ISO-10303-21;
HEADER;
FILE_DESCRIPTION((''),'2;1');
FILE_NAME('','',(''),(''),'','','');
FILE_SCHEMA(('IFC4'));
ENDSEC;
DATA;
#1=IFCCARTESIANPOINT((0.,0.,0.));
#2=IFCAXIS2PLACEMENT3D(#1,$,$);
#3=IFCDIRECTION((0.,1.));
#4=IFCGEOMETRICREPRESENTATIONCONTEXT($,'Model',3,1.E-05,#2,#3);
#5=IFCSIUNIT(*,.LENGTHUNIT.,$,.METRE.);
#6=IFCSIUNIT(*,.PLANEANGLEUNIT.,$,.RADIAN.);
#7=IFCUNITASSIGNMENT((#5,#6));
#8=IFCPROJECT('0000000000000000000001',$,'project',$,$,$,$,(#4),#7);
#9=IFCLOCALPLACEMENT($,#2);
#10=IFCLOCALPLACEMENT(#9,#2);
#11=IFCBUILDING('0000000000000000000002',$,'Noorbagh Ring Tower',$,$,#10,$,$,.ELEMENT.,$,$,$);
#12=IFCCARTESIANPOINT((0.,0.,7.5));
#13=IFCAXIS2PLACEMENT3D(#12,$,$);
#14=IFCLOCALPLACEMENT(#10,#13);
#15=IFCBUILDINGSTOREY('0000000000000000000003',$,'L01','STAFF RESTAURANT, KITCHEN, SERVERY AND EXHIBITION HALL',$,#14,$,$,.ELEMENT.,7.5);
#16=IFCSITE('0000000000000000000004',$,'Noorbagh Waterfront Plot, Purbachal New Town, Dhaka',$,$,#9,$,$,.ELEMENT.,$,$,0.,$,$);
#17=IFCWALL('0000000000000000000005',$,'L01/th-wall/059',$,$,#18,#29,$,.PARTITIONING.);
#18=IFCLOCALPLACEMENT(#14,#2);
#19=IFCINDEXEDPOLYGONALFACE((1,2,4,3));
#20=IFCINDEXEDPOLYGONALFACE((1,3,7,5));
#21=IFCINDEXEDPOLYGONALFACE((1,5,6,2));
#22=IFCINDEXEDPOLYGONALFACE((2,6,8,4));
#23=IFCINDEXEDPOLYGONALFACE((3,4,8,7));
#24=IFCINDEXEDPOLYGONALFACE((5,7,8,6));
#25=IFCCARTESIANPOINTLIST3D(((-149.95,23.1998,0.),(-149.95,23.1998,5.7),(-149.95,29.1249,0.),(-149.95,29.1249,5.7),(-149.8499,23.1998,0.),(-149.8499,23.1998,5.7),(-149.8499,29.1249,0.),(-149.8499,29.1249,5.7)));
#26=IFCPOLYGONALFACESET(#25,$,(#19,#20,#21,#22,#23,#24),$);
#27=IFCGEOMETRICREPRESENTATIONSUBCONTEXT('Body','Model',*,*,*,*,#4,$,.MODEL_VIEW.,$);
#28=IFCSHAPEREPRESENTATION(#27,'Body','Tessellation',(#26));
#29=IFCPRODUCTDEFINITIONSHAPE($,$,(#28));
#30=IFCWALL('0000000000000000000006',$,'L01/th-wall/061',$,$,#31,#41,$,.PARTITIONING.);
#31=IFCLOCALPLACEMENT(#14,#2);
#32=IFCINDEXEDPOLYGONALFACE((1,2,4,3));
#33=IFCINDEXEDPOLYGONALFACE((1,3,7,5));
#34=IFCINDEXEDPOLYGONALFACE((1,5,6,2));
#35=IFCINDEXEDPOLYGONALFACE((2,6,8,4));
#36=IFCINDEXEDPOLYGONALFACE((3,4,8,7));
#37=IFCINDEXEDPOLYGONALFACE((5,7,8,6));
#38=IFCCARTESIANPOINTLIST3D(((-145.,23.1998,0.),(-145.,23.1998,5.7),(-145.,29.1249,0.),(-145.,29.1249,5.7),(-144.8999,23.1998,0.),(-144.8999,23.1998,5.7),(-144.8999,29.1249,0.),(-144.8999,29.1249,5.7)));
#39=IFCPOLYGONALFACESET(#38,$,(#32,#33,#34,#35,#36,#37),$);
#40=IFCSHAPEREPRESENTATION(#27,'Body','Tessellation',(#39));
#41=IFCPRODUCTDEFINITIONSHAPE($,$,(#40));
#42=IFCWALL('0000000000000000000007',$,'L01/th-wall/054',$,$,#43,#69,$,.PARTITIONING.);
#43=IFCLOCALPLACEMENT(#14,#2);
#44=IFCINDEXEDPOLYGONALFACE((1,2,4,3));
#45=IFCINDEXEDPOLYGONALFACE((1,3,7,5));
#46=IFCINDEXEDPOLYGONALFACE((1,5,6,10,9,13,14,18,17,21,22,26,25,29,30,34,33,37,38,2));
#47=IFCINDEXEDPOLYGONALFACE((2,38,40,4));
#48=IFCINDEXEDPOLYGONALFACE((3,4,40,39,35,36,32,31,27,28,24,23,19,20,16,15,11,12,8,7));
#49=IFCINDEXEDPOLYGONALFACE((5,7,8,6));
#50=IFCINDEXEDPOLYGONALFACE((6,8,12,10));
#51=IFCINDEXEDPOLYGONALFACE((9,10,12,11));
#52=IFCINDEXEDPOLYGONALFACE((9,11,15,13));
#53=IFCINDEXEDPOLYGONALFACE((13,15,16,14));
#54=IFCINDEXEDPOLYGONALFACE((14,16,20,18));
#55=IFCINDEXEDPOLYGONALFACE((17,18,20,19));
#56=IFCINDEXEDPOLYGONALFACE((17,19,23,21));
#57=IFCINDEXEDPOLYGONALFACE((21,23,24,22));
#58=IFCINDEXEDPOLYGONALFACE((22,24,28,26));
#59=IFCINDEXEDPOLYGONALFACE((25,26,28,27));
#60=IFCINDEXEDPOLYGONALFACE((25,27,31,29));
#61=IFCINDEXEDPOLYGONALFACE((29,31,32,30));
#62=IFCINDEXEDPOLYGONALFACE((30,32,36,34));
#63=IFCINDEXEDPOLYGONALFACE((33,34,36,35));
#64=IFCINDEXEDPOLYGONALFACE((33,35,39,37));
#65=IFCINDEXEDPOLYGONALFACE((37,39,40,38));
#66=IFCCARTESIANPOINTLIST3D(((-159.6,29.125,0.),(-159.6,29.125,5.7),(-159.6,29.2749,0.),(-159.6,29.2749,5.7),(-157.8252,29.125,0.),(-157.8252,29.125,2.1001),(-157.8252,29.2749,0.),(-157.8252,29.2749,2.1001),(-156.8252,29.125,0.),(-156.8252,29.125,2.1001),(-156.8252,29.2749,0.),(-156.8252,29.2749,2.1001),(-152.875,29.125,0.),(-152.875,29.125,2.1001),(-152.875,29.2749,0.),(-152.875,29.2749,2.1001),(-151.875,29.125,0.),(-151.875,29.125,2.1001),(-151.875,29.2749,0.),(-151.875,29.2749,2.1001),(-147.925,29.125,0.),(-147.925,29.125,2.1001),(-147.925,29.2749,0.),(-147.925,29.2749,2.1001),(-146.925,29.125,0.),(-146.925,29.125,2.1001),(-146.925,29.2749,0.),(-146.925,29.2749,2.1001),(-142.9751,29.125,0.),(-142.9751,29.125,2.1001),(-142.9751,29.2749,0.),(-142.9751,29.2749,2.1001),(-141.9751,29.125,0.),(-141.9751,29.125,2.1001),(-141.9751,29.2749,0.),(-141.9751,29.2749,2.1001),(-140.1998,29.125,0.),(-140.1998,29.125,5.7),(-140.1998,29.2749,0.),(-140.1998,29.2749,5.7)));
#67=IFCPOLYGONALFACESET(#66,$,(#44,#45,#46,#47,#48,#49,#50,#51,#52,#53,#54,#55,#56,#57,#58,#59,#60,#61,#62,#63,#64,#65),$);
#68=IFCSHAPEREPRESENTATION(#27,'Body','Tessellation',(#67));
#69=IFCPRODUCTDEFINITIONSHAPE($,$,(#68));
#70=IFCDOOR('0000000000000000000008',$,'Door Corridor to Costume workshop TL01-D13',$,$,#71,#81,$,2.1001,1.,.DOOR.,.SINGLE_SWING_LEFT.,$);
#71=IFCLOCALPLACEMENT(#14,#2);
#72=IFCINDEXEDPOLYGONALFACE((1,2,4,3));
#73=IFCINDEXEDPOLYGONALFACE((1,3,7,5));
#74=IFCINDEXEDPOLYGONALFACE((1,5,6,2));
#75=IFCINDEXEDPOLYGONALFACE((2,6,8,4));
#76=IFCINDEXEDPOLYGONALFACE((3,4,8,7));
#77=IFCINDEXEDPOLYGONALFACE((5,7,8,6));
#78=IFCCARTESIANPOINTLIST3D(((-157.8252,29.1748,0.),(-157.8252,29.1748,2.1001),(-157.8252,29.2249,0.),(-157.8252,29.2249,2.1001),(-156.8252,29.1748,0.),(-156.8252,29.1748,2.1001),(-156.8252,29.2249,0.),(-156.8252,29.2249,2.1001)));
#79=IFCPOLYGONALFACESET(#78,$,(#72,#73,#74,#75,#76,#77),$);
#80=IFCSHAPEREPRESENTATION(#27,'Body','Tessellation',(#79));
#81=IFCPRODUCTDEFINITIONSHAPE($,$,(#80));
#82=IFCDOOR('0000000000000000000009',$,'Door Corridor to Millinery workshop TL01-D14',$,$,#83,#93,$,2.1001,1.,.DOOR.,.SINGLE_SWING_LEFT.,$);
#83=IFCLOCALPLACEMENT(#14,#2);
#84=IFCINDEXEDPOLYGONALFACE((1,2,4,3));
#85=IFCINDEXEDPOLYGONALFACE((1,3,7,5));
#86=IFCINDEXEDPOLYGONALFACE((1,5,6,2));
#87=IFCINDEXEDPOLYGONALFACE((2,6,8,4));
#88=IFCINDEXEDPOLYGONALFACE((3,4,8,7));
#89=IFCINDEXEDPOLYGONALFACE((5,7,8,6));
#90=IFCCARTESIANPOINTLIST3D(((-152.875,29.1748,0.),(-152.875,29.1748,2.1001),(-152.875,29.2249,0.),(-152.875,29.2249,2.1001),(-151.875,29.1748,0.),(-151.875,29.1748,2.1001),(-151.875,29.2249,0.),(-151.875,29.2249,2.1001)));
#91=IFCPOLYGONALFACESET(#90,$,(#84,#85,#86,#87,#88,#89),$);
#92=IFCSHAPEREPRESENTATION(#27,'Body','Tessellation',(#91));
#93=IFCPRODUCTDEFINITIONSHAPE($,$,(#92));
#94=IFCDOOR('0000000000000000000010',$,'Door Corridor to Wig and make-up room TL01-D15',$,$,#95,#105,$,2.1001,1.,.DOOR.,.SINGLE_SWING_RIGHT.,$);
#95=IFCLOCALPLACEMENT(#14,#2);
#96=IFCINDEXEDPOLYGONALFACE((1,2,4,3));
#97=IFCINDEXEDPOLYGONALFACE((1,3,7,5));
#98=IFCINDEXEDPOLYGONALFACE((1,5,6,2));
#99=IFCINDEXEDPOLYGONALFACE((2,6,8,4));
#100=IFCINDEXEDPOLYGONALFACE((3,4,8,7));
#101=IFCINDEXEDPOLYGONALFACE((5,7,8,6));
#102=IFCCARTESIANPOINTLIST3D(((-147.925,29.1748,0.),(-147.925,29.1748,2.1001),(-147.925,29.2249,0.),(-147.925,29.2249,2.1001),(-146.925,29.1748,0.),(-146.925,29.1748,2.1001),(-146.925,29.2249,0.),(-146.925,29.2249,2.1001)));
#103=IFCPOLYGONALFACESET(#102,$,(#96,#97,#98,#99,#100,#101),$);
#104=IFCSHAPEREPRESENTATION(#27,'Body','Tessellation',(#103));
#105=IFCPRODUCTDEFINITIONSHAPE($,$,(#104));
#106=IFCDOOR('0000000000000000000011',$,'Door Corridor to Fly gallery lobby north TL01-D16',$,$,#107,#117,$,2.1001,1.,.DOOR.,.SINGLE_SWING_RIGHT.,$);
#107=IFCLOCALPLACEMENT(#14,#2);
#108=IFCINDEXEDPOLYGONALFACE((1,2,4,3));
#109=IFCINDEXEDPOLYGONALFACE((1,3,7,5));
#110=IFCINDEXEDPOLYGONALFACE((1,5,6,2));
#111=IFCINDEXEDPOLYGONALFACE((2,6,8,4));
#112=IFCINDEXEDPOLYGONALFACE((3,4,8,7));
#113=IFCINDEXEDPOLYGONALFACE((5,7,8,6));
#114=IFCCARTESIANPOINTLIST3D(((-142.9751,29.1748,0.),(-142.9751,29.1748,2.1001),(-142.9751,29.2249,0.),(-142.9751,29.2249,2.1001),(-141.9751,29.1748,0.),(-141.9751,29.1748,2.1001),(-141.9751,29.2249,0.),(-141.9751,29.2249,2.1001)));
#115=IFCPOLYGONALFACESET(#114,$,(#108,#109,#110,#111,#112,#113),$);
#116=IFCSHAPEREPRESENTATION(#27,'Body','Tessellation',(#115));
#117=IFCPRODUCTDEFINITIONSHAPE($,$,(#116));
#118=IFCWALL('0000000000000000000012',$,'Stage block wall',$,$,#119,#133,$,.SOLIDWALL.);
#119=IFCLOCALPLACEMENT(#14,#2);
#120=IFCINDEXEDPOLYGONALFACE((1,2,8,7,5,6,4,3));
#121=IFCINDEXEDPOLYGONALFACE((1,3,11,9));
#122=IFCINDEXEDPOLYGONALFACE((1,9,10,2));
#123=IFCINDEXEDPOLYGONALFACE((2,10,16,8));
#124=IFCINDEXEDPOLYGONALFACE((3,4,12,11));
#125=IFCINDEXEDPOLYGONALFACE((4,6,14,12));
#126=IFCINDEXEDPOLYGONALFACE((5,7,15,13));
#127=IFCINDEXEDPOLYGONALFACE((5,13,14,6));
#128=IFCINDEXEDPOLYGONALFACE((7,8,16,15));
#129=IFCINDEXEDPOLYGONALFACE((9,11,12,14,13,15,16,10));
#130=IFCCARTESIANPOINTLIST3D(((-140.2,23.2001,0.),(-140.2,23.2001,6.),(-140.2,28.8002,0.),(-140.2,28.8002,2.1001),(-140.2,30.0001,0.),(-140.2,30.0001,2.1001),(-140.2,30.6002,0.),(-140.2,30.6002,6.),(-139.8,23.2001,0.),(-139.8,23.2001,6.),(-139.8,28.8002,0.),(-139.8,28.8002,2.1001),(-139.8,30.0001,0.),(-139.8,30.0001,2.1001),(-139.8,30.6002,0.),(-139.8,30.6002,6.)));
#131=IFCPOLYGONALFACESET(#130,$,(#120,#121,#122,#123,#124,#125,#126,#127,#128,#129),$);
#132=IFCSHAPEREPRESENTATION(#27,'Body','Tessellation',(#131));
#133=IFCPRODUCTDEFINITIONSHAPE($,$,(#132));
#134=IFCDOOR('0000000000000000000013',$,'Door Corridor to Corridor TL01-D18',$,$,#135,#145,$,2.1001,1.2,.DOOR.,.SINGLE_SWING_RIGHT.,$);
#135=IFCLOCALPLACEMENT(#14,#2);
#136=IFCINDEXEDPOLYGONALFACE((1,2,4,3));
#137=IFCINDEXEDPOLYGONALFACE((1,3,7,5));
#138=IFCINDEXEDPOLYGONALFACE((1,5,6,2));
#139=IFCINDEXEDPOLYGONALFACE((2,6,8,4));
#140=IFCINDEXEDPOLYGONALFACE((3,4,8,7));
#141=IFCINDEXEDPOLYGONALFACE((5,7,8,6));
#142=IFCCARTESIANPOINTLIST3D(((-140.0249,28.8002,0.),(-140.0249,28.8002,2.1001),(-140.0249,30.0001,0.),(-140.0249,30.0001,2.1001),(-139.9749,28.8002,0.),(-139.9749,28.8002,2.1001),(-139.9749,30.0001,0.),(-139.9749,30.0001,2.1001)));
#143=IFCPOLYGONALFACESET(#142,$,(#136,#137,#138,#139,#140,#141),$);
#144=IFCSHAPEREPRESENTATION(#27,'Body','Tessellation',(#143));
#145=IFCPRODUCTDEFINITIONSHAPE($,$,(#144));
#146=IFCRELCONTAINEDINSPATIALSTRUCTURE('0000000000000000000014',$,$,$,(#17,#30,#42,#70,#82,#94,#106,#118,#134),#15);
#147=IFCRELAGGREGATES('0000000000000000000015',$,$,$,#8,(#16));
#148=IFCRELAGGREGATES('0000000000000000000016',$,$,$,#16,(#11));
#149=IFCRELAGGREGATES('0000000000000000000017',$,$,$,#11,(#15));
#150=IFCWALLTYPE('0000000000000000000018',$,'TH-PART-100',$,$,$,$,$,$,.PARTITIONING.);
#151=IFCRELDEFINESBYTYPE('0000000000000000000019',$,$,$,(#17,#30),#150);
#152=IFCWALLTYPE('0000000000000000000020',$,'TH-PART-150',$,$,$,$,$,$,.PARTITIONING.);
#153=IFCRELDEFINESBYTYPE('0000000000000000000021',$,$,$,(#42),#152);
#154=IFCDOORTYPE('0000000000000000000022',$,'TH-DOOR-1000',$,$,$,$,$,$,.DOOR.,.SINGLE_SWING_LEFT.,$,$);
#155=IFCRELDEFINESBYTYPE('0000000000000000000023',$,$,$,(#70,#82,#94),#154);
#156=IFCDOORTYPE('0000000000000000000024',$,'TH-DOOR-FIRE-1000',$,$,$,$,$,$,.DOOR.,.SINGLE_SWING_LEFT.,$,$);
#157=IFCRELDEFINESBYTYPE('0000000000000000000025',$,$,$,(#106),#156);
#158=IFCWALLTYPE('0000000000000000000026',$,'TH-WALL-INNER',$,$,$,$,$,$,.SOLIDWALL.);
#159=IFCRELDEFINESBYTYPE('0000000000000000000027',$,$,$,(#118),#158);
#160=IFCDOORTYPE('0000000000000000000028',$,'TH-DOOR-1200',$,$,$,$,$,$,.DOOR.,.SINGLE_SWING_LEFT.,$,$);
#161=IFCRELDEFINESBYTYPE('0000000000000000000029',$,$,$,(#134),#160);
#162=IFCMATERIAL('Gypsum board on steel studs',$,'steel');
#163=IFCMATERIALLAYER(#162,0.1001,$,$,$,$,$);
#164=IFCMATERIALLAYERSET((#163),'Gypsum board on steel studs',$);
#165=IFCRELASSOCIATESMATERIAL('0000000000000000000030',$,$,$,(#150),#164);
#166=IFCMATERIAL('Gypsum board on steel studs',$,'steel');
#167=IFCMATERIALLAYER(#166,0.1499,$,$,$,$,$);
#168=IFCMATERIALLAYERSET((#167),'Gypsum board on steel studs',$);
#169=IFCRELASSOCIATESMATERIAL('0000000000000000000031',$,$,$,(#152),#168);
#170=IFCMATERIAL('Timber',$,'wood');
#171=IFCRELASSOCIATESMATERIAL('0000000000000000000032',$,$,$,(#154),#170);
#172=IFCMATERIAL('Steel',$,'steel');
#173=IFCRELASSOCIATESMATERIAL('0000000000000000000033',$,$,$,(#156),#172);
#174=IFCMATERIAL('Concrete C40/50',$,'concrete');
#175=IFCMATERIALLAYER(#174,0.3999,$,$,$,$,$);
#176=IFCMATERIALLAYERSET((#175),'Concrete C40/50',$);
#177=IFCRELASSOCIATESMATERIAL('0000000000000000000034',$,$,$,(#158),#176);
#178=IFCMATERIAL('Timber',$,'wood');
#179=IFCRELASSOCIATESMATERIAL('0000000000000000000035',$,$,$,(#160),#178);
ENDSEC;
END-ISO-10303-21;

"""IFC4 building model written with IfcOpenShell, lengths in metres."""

from ifc_helpers import new_model, si_unit, direction, frame, frame_2d, origin, place, context, subcontext, project, spatial, rectangle, extrude, material, layer, layer_set, type_object, element, fill, save


model = new_model("IFC4")

# Units and contexts
model_context = context("Model", 3, precision=1e-05, world=origin(), true_north=direction((0.0, 1.0)))
body_context = subcontext(model_context, "Body", "Model", "MODEL_VIEW")
ifc_project = project(units=[si_unit("LENGTHUNIT", "METRE"), si_unit("PLANEANGLEUNIT", "RADIAN")], contexts=[model_context])

# Site, building, storey
site_placement = place(None, origin())
site = spatial("IfcSite", under=ifc_project, at=site_placement, Name="Noorbagh Waterfront Plot, Purbachal New Town, Dhaka", CompositionType="ELEMENT", RefElevation=0.0)
building_placement = place(site_placement, origin())
building = spatial("IfcBuilding", under=site, at=building_placement, Name="Noorbagh Ring Tower", CompositionType="ELEMENT")
storey_placement = place(building_placement, frame((0.0, 0.0, 7.5)))
storey = spatial("IfcBuildingStorey", under=building, at=storey_placement, Name="L01", Description="STAFF RESTAURANT, KITCHEN, SERVERY AND EXHIBITION HALL", CompositionType="ELEMENT", Elevation=7.5)

# Walls
ifc_material_1 = material(Name="Gypsum board on steel studs", Category="steel")
ifc_layer_1 = layer(ifc_material_1, 0.1001)
ifc_layer_set_1 = layer_set([ifc_layer_1], Name="Gypsum board on steel studs")
wall_type_1 = type_object("IfcWallType", Name="TH-PART-100", PredefinedType="PARTITIONING", material=ifc_layer_set_1)
for number, where, z_axis, x_axis, name in (
    (1, (-149.8999, 23.2, 0.0), (0.0, 0.0, 1.0), (0.0, 1.0, 0.0), "L01/th-wall/059"),
    (2, (-144.95, 23.2, 0.0), (0.0, 0.0, 1.0), (0.0, 1.0, 0.0), "L01/th-wall/061"),
):
    element("IfcWall", number, at=place(storey_placement, frame(where, z_axis=z_axis, x_axis=x_axis)), inside=storey, type_object=wall_type_1, Name=name, PredefinedType="PARTITIONING", context=body_context, shape_type="SweptSolid", body=[
        extrude(rectangle(XDim=5.925, YDim=0.1001, at=frame_2d((2.9624, 0.0))), origin(), (0.0, 0.0, 1.0), 5.7),
    ])

# Wall, openings, doors
ifc_material_2 = material(Name="Gypsum board on steel studs", Category="steel")
ifc_layer_2 = layer(ifc_material_2, 0.1499)
ifc_layer_set_2 = layer_set([ifc_layer_2], Name="Gypsum board on steel studs")
wall_type_2 = type_object("IfcWallType", Name="TH-PART-150", PredefinedType="PARTITIONING", material=ifc_layer_set_2)
wall_1_placement = place(storey_placement, frame((-159.6001, 29.2, 0.0), z_axis=(0.0, 0.0, 1.0), x_axis=(1.0, 0.0, 0.0)))
wall_1 = element("IfcWall", 3, at=wall_1_placement, inside=storey, type_object=wall_type_2, Name="L01/th-wall/054", PredefinedType="PARTITIONING", context=body_context, shape_type="SweptSolid", body=[
    extrude(rectangle(XDim=19.4001, YDim=0.1499, at=frame_2d((9.7002, 0.0))), origin(), (0.0, 0.0, 1.0), 5.7),
])
opening_1_placement = place(wall_1_placement, frame((1.7749, 0.0, 0.0)))
opening_1 = element("IfcOpeningElement", 4, at=opening_1_placement, cuts=wall_1, PredefinedType="OPENING", context=body_context, shape_type="SweptSolid", body=[
    extrude(rectangle(XDim=1.0, YDim=2.1001, at=frame_2d((0.5, 1.05))), frame((0.0, 0.085, 0.0), z_axis=(0.0, -1.0, 0.0), x_axis=(1.0, 0.0, 0.0)), (0.0, 0.0, 1.0), 0.1699),
])
opening_2_placement = place(wall_1_placement, frame((6.7251, 0.0, 0.0)))
opening_2 = element("IfcOpeningElement", 5, at=opening_2_placement, cuts=wall_1, PredefinedType="OPENING", context=body_context, shape_type="SweptSolid", body=[
    extrude(rectangle(XDim=1.0, YDim=2.1001, at=frame_2d((0.5, 1.05))), frame((0.0, 0.085, 0.0), z_axis=(0.0, -1.0, 0.0), x_axis=(1.0, 0.0, 0.0)), (0.0, 0.0, 1.0), 0.1699),
])
opening_3_placement = place(wall_1_placement, frame((11.675, 0.0, 0.0)))
opening_3 = element("IfcOpeningElement", 6, at=opening_3_placement, cuts=wall_1, PredefinedType="OPENING", context=body_context, shape_type="SweptSolid", body=[
    extrude(rectangle(XDim=1.0, YDim=2.1001, at=frame_2d((0.5, 1.05))), frame((0.0, 0.085, 0.0), z_axis=(0.0, -1.0, 0.0), x_axis=(1.0, 0.0, 0.0)), (0.0, 0.0, 1.0), 0.1699),
])
opening_4_placement = place(wall_1_placement, frame((16.625, 0.0, 0.0)))
opening_4 = element("IfcOpeningElement", 7, at=opening_4_placement, cuts=wall_1, PredefinedType="OPENING", context=body_context, shape_type="SweptSolid", body=[
    extrude(rectangle(XDim=1.0, YDim=2.1001, at=frame_2d((0.5, 1.05))), frame((0.0, 0.085, 0.0), z_axis=(0.0, -1.0, 0.0), x_axis=(1.0, 0.0, 0.0)), (0.0, 0.0, 1.0), 0.1699),
])
ifc_material_3 = material(Name="Timber", Category="wood")
door_type_1 = type_object("IfcDoorType", Name="TH-DOOR-1000", OperationType="SINGLE_SWING_LEFT", PredefinedType="DOOR", material=ifc_material_3)
door_1_placement = place(opening_1_placement, origin())
door_1 = element("IfcDoor", 8, at=door_1_placement, inside=storey, type_object=door_type_1, Name="Door Corridor to Costume workshop TL01-D13", OperationType="SINGLE_SWING_LEFT", OverallHeight=2.1001, OverallWidth=1.0, PredefinedType="DOOR", context=body_context, shape_type="SweptSolid", body=[
    extrude(rectangle(XDim=1.0, YDim=2.1001, at=frame_2d((0.5, 1.05))), frame((0.0, 0.0249, 0.0), z_axis=(0.0, -1.0, 0.0), x_axis=(1.0, 0.0, 0.0)), (0.0, 0.0, 1.0), 0.05),
])
fill(opening_1, door_1)
door_2_placement = place(opening_2_placement, origin())
door_2 = element("IfcDoor", 9, at=door_2_placement, inside=storey, type_object=door_type_1, Name="Door Corridor to Millinery workshop TL01-D14", OperationType="SINGLE_SWING_LEFT", OverallHeight=2.1001, OverallWidth=1.0, PredefinedType="DOOR", context=body_context, shape_type="SweptSolid", body=[
    extrude(rectangle(XDim=1.0, YDim=2.1001, at=frame_2d((0.5, 1.05))), frame((0.0, 0.0249, 0.0), z_axis=(0.0, -1.0, 0.0), x_axis=(1.0, 0.0, 0.0)), (0.0, 0.0, 1.0), 0.05),
])
fill(opening_2, door_2)
door_3_placement = place(opening_3_placement, origin())
door_3 = element("IfcDoor", 10, at=door_3_placement, inside=storey, type_object=door_type_1, Name="Door Corridor to Wig and make-up room TL01-D15", OperationType="SINGLE_SWING_RIGHT", OverallHeight=2.1001, OverallWidth=1.0, PredefinedType="DOOR", context=body_context, shape_type="SweptSolid", body=[
    extrude(rectangle(XDim=1.0, YDim=2.1001, at=frame_2d((0.5, 1.05))), frame((0.0, 0.0249, 0.0), z_axis=(0.0, -1.0, 0.0), x_axis=(1.0, 0.0, 0.0)), (0.0, 0.0, 1.0), 0.05),
])
fill(opening_3, door_3)
ifc_material_4 = material(Name="Steel", Category="steel")
door_type_2 = type_object("IfcDoorType", Name="TH-DOOR-FIRE-1000", OperationType="SINGLE_SWING_LEFT", PredefinedType="DOOR", material=ifc_material_4)
door_4_placement = place(opening_4_placement, origin())
door_4 = element("IfcDoor", 11, at=door_4_placement, inside=storey, type_object=door_type_2, Name="Door Corridor to Fly gallery lobby north TL01-D16", OperationType="SINGLE_SWING_RIGHT", OverallHeight=2.1001, OverallWidth=1.0, PredefinedType="DOOR", context=body_context, shape_type="SweptSolid", body=[
    extrude(rectangle(XDim=1.0, YDim=2.1001, at=frame_2d((0.5, 1.05))), frame((0.0, 0.0249, 0.0), z_axis=(0.0, -1.0, 0.0), x_axis=(1.0, 0.0, 0.0)), (0.0, 0.0, 1.0), 0.05),
])
fill(opening_4, door_4)

# Wall, opening, door
ifc_material_5 = material(Name="Concrete C40/50", Category="concrete")
ifc_layer_3 = layer(ifc_material_5, 0.3999)
ifc_layer_set_3 = layer_set([ifc_layer_3], Name="Concrete C40/50")
wall_type_3 = type_object("IfcWallType", Name="TH-WALL-INNER", PredefinedType="SOLIDWALL", material=ifc_layer_set_3)
wall_2_placement = place(storey_placement, frame((-140.0, 23.2, 0.0), z_axis=(0.0, 0.0, 1.0), x_axis=(0.0, 1.0, 0.0)))
wall_2 = element("IfcWall", 12, at=wall_2_placement, inside=storey, type_object=wall_type_3, Name="Stage block wall", PredefinedType="SOLIDWALL", context=body_context, shape_type="SweptSolid", body=[
    extrude(rectangle(XDim=7.4001, YDim=0.3999, at=frame_2d((3.7002, 0.0))), origin(), (0.0, 0.0, 1.0), 6.0),
])
opening_5_placement = place(wall_2_placement, frame((5.6001, 0.0, 0.0)))
opening_5 = element("IfcOpeningElement", 13, at=opening_5_placement, cuts=wall_2, PredefinedType="OPENING", context=body_context, shape_type="SweptSolid", body=[
    extrude(rectangle(XDim=1.2, YDim=2.1001, at=frame_2d((0.6001, 1.05))), frame((0.0, 0.21, 0.0), z_axis=(0.0, -1.0, 0.0), x_axis=(1.0, 0.0, 0.0)), (0.0, 0.0, 1.0), 0.4199),
])
ifc_material_6 = material(Name="Timber", Category="wood")
door_type_3 = type_object("IfcDoorType", Name="TH-DOOR-1200", OperationType="SINGLE_SWING_LEFT", PredefinedType="DOOR", material=ifc_material_6)
door_5_placement = place(opening_5_placement, origin())
door_5 = element("IfcDoor", 14, at=door_5_placement, inside=storey, type_object=door_type_3, Name="Door Corridor to Corridor TL01-D18", OperationType="SINGLE_SWING_RIGHT", OverallHeight=2.1001, OverallWidth=1.2, PredefinedType="DOOR", context=body_context, shape_type="SweptSolid", body=[
    extrude(rectangle(XDim=1.2, YDim=2.1001, at=frame_2d((0.6001, 1.05))), frame((0.0, 0.0249, 0.0), z_axis=(0.0, -1.0, 0.0), x_axis=(1.0, 0.0, 0.0)), (0.0, 0.0, 1.0), 0.05),
])
fill(opening_5, door_5)

save(model, "model.ifc")
